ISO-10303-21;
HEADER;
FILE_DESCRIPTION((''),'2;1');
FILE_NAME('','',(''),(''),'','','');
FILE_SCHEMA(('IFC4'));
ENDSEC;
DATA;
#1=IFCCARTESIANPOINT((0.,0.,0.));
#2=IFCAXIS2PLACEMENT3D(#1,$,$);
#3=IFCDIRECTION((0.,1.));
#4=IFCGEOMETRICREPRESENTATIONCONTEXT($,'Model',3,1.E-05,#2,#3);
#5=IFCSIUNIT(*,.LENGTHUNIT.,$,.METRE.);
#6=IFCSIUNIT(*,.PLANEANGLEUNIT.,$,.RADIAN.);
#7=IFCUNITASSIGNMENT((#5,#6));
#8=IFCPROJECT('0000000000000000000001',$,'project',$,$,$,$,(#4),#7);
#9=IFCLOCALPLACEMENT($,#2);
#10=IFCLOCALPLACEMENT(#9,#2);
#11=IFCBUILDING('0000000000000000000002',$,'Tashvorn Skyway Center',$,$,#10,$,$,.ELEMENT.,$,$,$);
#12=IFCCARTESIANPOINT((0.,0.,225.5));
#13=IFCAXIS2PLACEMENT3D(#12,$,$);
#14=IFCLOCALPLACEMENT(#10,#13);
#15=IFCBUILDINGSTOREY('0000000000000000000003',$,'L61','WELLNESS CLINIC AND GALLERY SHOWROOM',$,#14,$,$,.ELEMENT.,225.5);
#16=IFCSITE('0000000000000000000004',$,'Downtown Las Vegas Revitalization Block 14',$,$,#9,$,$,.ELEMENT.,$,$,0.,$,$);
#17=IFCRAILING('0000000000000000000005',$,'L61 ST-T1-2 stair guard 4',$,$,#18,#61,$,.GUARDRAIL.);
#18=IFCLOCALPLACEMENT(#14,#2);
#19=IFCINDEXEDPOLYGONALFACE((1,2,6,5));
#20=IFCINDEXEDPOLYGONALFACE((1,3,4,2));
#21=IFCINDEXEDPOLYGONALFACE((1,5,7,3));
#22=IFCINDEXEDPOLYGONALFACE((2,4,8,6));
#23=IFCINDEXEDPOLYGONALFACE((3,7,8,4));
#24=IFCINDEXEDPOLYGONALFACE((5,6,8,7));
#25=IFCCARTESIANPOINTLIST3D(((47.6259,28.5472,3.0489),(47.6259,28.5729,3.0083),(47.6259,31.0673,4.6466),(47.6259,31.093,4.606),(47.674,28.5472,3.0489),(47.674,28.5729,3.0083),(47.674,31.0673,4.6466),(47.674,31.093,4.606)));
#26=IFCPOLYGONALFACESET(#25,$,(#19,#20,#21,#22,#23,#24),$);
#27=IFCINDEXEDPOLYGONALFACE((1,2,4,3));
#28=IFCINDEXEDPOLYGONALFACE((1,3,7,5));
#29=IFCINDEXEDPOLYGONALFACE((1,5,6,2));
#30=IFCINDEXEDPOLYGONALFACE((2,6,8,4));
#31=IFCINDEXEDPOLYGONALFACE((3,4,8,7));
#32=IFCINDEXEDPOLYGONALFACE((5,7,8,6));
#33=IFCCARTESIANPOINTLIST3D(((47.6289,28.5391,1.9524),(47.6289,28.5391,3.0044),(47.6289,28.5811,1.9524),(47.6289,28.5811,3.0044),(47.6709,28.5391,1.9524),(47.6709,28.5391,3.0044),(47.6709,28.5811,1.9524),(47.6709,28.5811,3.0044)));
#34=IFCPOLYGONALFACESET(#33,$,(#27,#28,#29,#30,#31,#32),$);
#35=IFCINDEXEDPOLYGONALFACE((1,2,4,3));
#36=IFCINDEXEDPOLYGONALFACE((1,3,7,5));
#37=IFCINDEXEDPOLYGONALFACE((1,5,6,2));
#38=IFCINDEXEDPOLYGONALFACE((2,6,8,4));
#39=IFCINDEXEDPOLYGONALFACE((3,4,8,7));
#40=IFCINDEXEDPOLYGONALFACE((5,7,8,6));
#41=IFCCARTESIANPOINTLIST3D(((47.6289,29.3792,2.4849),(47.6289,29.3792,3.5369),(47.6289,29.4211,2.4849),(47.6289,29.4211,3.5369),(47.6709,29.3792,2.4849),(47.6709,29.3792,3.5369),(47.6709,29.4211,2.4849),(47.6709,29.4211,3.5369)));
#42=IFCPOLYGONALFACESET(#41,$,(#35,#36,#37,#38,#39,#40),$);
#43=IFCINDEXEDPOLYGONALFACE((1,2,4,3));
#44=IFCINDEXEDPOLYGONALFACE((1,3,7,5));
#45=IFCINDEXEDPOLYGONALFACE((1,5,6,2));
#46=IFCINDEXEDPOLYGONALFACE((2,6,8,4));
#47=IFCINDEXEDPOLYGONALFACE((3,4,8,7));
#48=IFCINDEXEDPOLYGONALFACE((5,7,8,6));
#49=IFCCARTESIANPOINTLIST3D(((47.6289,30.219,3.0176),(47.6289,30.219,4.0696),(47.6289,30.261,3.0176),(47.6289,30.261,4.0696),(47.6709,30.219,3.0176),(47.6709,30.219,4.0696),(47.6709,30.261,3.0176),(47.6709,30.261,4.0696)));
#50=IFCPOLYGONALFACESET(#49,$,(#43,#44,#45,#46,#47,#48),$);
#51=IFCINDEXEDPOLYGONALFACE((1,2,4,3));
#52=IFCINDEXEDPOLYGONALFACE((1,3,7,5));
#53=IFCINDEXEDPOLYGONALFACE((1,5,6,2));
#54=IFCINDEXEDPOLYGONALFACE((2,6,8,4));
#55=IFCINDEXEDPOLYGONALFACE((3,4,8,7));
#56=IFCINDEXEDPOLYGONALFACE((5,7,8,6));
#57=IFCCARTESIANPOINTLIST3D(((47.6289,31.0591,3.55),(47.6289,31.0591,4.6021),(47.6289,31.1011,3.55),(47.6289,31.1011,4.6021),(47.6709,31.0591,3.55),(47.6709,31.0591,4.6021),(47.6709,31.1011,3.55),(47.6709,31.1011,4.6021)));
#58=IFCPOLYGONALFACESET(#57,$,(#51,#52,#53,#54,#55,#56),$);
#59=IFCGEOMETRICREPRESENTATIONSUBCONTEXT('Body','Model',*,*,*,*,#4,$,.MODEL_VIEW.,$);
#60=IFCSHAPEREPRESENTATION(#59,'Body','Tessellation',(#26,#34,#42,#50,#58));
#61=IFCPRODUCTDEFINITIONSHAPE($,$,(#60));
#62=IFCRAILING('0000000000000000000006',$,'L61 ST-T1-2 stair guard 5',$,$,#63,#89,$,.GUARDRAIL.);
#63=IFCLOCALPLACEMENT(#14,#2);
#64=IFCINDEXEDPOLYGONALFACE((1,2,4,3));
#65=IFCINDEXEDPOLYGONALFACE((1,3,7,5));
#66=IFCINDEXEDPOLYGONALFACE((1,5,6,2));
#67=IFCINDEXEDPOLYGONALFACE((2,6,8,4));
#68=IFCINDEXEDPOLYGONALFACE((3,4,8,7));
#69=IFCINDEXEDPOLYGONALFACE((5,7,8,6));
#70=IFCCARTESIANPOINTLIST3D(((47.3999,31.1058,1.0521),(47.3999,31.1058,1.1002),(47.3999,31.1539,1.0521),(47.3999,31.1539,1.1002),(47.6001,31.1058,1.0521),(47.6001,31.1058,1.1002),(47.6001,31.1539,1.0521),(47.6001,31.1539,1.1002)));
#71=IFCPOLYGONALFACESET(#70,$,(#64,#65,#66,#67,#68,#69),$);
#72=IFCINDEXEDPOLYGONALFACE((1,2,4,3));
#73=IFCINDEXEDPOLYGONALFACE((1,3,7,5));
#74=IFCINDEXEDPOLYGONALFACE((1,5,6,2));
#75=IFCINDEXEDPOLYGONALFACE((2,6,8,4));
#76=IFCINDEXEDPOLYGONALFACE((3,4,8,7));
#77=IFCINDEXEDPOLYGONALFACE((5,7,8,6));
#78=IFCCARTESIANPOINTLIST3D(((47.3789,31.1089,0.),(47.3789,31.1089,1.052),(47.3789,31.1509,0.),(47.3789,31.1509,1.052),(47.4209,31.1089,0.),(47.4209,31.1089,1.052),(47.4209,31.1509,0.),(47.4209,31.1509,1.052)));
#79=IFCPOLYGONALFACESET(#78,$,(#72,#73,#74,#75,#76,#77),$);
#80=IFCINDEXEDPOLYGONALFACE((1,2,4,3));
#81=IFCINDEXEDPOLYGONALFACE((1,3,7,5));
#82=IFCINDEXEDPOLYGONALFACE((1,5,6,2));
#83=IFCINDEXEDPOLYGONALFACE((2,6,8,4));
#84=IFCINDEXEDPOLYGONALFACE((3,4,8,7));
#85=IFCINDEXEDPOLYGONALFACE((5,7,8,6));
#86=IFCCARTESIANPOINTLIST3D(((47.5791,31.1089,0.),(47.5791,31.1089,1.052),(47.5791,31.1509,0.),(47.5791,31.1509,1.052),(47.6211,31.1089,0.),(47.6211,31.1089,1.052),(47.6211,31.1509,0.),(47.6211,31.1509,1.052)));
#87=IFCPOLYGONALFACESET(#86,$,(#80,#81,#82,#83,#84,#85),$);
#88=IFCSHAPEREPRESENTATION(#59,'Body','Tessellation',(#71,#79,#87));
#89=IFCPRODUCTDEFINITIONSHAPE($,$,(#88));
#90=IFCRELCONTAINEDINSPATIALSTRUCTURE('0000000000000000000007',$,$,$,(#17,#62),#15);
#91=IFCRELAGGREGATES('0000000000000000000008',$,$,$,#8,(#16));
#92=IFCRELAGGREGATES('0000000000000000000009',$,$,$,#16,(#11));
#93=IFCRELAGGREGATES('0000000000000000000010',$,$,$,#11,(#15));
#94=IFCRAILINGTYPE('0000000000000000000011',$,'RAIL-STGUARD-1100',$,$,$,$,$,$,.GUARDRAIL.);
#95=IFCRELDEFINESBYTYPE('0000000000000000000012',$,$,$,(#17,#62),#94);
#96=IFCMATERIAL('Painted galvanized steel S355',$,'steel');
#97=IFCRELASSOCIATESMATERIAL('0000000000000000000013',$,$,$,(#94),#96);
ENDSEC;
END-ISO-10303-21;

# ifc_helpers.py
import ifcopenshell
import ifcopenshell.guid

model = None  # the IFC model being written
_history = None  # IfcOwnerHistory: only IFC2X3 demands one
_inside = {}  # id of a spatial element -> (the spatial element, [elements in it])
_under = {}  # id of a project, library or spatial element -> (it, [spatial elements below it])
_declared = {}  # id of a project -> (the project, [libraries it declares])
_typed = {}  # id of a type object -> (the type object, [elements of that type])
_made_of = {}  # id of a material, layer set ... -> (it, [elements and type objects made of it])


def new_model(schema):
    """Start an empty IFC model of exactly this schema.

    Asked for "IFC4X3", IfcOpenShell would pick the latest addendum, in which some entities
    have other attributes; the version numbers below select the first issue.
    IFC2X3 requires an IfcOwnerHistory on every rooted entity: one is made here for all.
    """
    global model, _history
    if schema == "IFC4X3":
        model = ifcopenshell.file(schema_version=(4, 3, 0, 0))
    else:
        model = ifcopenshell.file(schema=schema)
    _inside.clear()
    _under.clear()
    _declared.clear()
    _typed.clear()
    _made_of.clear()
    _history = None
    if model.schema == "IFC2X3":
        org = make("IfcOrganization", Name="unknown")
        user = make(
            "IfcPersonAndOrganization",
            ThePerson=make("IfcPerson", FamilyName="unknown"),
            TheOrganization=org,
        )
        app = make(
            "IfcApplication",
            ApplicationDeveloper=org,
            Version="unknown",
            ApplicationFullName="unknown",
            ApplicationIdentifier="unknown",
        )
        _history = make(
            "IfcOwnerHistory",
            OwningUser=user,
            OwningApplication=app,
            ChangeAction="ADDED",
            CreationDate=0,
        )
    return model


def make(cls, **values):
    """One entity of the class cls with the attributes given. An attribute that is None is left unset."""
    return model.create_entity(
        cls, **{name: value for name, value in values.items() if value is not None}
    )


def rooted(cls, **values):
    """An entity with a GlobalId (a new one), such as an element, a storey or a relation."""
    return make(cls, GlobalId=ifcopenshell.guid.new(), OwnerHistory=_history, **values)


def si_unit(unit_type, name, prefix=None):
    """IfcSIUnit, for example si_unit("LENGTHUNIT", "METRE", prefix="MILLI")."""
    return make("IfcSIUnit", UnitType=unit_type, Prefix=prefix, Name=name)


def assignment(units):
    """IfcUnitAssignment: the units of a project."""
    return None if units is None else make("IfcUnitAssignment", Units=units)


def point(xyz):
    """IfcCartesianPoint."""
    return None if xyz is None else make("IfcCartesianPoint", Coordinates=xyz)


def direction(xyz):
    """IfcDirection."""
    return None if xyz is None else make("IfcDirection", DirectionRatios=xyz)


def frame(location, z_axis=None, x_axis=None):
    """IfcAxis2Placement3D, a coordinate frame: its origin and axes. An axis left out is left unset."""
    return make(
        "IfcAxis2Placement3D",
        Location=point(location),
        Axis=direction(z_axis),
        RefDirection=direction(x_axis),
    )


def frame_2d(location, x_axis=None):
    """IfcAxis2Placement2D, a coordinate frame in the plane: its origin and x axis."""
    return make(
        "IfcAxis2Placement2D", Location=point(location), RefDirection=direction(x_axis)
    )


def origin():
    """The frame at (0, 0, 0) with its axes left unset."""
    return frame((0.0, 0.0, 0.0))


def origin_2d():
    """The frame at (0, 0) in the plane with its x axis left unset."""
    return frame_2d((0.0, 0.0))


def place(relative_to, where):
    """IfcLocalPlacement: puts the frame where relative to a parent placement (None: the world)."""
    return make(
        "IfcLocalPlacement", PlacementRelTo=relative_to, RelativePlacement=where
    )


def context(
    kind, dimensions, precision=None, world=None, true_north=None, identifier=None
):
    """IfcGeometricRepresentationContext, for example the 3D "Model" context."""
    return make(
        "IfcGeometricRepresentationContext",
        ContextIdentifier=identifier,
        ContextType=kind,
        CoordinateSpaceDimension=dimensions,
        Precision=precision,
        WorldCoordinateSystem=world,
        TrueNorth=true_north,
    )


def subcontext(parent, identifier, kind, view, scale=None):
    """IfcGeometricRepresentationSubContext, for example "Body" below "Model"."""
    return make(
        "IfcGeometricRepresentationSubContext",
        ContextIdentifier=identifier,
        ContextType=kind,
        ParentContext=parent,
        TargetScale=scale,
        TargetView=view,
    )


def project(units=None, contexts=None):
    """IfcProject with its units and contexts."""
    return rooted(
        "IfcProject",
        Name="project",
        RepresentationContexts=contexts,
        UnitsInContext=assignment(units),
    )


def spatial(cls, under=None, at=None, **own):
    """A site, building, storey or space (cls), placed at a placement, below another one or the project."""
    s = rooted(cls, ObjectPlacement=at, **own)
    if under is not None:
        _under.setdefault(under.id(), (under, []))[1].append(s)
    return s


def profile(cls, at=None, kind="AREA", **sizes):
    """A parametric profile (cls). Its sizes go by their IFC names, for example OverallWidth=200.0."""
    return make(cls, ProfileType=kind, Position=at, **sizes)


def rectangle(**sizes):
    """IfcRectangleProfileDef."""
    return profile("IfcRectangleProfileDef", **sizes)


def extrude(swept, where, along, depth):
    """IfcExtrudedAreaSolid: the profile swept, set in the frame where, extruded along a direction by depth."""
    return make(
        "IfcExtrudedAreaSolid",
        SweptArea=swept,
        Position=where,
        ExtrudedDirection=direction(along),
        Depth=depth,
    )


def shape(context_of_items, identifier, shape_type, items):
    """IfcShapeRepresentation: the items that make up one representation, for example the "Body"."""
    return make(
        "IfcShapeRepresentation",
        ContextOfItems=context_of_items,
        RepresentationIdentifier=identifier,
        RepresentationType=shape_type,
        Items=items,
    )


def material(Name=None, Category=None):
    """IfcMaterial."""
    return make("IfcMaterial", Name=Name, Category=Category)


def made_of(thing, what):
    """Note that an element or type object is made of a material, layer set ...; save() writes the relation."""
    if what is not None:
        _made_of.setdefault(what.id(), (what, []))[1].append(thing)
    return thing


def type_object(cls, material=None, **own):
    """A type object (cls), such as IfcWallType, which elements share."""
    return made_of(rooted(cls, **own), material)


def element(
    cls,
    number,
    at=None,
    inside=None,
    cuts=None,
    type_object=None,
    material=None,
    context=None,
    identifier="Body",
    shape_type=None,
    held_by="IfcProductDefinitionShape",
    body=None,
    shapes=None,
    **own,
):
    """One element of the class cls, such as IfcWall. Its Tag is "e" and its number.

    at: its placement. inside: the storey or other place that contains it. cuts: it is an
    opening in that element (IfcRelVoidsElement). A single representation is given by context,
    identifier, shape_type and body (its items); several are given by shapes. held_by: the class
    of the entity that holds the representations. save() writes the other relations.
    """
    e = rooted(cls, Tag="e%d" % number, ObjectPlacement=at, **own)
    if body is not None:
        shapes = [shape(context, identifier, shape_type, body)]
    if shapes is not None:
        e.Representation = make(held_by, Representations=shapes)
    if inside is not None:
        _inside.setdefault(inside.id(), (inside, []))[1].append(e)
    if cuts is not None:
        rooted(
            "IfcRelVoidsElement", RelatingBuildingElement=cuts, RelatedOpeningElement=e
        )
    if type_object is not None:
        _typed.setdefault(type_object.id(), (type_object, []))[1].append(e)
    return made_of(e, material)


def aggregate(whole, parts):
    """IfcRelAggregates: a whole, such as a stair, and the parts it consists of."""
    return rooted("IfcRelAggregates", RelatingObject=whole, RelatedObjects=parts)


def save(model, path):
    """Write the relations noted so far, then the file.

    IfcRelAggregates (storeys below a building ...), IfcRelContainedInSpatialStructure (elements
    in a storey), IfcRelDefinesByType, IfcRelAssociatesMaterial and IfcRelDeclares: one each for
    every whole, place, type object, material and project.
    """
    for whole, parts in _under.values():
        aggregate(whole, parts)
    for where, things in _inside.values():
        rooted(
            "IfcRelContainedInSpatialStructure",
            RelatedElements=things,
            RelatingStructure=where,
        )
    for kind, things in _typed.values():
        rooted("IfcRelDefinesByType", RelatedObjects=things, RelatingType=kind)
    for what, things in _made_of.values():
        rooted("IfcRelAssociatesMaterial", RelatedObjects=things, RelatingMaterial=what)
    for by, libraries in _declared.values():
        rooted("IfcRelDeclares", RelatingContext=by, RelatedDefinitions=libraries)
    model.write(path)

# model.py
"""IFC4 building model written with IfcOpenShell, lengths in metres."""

from ifc_helpers import new_model, si_unit, direction, frame, origin, origin_2d, place, context, subcontext, project, spatial, rectangle, extrude, material, type_object, element, save


model = new_model("IFC4")

# Units and contexts
model_context = context("Model", 3, precision=1e-05, world=origin(), true_north=direction((0.0, 1.0)))
body_context = subcontext(model_context, "Body", "Model", "MODEL_VIEW")
ifc_project = project(units=[si_unit("LENGTHUNIT", "METRE"), si_unit("PLANEANGLEUNIT", "RADIAN")], contexts=[model_context])

# Site, building, storey
site_placement = place(None, origin())
site = spatial("IfcSite", under=ifc_project, at=site_placement, Name="Downtown Las Vegas Revitalization Block 14", CompositionType="ELEMENT", RefElevation=0.0)
building_placement = place(site_placement, origin())
building = spatial("IfcBuilding", under=site, at=building_placement, Name="Tashvorn Skyway Center", CompositionType="ELEMENT")
storey_placement = place(building_placement, frame((0.0, 0.0, 225.5)))
storey = spatial("IfcBuildingStorey", under=building, at=storey_placement, Name="L61", Description="WELLNESS CLINIC AND GALLERY SHOWROOM", CompositionType="ELEMENT", Elevation=225.5)

# Railings
ifc_material_1 = material(Name="Painted galvanized steel S355", Category="steel")
railing_type_1 = type_object("IfcRailingType", Name="RAIL-STGUARD-1100", PredefinedType="GUARDRAIL", material=ifc_material_1)
railing_1_placement = place(storey_placement, frame((47.6499, 28.5601, 1.9524)))
element("IfcRailing", 1, at=railing_1_placement, inside=storey, type_object=railing_type_1, Name="L61 ST-T1-2 stair guard 4", PredefinedType="GUARDRAIL", context=body_context, shape_type="SweptSolid", body=[
    extrude(rectangle(XDim=0.0481, YDim=0.0481, at=origin_2d()), frame((0.0, 0.0, 1.0762), z_axis=(0.0, 0.84457, 0.535445), x_axis=(-1.0, 0.0, 0.0)), (0.0, 0.0, 1.0), 2.9839),
    extrude(rectangle(XDim=0.042, YDim=0.042, at=origin_2d()), origin(), (0.0, 0.0, 1.0), 1.052),
    extrude(rectangle(XDim=0.042, YDim=0.042, at=origin_2d()), frame((0.0, 0.8401, 0.5325)), (0.0, 0.0, 1.0), 1.052),
    extrude(rectangle(XDim=0.042, YDim=0.042, at=origin_2d()), frame((0.0, 1.6799, 1.0652)), (0.0, 0.0, 1.0), 1.052),
    extrude(rectangle(XDim=0.042, YDim=0.042, at=origin_2d()), frame((0.0, 2.52, 1.5977)), (0.0, 0.0, 1.0), 1.052),
])
railing_2_placement = place(storey_placement, frame((47.3999, 31.1299, 0.0)))
element("IfcRailing", 2, at=railing_2_placement, inside=storey, type_object=railing_type_1, Name="L61 ST-T1-2 stair guard 5", PredefinedType="GUARDRAIL", context=body_context, shape_type="SweptSolid", body=[
    extrude(rectangle(XDim=0.0481, YDim=0.0481, at=origin_2d()), frame((0.0, 0.0, 1.0762), z_axis=(1.0, 0.0, 0.0), x_axis=(0.0, 1.0, 0.0)), (0.0, 0.0, 1.0), 0.2002),
    extrude(rectangle(XDim=0.042, YDim=0.042, at=origin_2d()), origin(), (0.0, 0.0, 1.0), 1.052),
    extrude(rectangle(XDim=0.042, YDim=0.042, at=origin_2d()), frame((0.2002, 0.0, 0.0)), (0.0, 0.0, 1.0), 1.052),
])

save(model, "model.ifc")
